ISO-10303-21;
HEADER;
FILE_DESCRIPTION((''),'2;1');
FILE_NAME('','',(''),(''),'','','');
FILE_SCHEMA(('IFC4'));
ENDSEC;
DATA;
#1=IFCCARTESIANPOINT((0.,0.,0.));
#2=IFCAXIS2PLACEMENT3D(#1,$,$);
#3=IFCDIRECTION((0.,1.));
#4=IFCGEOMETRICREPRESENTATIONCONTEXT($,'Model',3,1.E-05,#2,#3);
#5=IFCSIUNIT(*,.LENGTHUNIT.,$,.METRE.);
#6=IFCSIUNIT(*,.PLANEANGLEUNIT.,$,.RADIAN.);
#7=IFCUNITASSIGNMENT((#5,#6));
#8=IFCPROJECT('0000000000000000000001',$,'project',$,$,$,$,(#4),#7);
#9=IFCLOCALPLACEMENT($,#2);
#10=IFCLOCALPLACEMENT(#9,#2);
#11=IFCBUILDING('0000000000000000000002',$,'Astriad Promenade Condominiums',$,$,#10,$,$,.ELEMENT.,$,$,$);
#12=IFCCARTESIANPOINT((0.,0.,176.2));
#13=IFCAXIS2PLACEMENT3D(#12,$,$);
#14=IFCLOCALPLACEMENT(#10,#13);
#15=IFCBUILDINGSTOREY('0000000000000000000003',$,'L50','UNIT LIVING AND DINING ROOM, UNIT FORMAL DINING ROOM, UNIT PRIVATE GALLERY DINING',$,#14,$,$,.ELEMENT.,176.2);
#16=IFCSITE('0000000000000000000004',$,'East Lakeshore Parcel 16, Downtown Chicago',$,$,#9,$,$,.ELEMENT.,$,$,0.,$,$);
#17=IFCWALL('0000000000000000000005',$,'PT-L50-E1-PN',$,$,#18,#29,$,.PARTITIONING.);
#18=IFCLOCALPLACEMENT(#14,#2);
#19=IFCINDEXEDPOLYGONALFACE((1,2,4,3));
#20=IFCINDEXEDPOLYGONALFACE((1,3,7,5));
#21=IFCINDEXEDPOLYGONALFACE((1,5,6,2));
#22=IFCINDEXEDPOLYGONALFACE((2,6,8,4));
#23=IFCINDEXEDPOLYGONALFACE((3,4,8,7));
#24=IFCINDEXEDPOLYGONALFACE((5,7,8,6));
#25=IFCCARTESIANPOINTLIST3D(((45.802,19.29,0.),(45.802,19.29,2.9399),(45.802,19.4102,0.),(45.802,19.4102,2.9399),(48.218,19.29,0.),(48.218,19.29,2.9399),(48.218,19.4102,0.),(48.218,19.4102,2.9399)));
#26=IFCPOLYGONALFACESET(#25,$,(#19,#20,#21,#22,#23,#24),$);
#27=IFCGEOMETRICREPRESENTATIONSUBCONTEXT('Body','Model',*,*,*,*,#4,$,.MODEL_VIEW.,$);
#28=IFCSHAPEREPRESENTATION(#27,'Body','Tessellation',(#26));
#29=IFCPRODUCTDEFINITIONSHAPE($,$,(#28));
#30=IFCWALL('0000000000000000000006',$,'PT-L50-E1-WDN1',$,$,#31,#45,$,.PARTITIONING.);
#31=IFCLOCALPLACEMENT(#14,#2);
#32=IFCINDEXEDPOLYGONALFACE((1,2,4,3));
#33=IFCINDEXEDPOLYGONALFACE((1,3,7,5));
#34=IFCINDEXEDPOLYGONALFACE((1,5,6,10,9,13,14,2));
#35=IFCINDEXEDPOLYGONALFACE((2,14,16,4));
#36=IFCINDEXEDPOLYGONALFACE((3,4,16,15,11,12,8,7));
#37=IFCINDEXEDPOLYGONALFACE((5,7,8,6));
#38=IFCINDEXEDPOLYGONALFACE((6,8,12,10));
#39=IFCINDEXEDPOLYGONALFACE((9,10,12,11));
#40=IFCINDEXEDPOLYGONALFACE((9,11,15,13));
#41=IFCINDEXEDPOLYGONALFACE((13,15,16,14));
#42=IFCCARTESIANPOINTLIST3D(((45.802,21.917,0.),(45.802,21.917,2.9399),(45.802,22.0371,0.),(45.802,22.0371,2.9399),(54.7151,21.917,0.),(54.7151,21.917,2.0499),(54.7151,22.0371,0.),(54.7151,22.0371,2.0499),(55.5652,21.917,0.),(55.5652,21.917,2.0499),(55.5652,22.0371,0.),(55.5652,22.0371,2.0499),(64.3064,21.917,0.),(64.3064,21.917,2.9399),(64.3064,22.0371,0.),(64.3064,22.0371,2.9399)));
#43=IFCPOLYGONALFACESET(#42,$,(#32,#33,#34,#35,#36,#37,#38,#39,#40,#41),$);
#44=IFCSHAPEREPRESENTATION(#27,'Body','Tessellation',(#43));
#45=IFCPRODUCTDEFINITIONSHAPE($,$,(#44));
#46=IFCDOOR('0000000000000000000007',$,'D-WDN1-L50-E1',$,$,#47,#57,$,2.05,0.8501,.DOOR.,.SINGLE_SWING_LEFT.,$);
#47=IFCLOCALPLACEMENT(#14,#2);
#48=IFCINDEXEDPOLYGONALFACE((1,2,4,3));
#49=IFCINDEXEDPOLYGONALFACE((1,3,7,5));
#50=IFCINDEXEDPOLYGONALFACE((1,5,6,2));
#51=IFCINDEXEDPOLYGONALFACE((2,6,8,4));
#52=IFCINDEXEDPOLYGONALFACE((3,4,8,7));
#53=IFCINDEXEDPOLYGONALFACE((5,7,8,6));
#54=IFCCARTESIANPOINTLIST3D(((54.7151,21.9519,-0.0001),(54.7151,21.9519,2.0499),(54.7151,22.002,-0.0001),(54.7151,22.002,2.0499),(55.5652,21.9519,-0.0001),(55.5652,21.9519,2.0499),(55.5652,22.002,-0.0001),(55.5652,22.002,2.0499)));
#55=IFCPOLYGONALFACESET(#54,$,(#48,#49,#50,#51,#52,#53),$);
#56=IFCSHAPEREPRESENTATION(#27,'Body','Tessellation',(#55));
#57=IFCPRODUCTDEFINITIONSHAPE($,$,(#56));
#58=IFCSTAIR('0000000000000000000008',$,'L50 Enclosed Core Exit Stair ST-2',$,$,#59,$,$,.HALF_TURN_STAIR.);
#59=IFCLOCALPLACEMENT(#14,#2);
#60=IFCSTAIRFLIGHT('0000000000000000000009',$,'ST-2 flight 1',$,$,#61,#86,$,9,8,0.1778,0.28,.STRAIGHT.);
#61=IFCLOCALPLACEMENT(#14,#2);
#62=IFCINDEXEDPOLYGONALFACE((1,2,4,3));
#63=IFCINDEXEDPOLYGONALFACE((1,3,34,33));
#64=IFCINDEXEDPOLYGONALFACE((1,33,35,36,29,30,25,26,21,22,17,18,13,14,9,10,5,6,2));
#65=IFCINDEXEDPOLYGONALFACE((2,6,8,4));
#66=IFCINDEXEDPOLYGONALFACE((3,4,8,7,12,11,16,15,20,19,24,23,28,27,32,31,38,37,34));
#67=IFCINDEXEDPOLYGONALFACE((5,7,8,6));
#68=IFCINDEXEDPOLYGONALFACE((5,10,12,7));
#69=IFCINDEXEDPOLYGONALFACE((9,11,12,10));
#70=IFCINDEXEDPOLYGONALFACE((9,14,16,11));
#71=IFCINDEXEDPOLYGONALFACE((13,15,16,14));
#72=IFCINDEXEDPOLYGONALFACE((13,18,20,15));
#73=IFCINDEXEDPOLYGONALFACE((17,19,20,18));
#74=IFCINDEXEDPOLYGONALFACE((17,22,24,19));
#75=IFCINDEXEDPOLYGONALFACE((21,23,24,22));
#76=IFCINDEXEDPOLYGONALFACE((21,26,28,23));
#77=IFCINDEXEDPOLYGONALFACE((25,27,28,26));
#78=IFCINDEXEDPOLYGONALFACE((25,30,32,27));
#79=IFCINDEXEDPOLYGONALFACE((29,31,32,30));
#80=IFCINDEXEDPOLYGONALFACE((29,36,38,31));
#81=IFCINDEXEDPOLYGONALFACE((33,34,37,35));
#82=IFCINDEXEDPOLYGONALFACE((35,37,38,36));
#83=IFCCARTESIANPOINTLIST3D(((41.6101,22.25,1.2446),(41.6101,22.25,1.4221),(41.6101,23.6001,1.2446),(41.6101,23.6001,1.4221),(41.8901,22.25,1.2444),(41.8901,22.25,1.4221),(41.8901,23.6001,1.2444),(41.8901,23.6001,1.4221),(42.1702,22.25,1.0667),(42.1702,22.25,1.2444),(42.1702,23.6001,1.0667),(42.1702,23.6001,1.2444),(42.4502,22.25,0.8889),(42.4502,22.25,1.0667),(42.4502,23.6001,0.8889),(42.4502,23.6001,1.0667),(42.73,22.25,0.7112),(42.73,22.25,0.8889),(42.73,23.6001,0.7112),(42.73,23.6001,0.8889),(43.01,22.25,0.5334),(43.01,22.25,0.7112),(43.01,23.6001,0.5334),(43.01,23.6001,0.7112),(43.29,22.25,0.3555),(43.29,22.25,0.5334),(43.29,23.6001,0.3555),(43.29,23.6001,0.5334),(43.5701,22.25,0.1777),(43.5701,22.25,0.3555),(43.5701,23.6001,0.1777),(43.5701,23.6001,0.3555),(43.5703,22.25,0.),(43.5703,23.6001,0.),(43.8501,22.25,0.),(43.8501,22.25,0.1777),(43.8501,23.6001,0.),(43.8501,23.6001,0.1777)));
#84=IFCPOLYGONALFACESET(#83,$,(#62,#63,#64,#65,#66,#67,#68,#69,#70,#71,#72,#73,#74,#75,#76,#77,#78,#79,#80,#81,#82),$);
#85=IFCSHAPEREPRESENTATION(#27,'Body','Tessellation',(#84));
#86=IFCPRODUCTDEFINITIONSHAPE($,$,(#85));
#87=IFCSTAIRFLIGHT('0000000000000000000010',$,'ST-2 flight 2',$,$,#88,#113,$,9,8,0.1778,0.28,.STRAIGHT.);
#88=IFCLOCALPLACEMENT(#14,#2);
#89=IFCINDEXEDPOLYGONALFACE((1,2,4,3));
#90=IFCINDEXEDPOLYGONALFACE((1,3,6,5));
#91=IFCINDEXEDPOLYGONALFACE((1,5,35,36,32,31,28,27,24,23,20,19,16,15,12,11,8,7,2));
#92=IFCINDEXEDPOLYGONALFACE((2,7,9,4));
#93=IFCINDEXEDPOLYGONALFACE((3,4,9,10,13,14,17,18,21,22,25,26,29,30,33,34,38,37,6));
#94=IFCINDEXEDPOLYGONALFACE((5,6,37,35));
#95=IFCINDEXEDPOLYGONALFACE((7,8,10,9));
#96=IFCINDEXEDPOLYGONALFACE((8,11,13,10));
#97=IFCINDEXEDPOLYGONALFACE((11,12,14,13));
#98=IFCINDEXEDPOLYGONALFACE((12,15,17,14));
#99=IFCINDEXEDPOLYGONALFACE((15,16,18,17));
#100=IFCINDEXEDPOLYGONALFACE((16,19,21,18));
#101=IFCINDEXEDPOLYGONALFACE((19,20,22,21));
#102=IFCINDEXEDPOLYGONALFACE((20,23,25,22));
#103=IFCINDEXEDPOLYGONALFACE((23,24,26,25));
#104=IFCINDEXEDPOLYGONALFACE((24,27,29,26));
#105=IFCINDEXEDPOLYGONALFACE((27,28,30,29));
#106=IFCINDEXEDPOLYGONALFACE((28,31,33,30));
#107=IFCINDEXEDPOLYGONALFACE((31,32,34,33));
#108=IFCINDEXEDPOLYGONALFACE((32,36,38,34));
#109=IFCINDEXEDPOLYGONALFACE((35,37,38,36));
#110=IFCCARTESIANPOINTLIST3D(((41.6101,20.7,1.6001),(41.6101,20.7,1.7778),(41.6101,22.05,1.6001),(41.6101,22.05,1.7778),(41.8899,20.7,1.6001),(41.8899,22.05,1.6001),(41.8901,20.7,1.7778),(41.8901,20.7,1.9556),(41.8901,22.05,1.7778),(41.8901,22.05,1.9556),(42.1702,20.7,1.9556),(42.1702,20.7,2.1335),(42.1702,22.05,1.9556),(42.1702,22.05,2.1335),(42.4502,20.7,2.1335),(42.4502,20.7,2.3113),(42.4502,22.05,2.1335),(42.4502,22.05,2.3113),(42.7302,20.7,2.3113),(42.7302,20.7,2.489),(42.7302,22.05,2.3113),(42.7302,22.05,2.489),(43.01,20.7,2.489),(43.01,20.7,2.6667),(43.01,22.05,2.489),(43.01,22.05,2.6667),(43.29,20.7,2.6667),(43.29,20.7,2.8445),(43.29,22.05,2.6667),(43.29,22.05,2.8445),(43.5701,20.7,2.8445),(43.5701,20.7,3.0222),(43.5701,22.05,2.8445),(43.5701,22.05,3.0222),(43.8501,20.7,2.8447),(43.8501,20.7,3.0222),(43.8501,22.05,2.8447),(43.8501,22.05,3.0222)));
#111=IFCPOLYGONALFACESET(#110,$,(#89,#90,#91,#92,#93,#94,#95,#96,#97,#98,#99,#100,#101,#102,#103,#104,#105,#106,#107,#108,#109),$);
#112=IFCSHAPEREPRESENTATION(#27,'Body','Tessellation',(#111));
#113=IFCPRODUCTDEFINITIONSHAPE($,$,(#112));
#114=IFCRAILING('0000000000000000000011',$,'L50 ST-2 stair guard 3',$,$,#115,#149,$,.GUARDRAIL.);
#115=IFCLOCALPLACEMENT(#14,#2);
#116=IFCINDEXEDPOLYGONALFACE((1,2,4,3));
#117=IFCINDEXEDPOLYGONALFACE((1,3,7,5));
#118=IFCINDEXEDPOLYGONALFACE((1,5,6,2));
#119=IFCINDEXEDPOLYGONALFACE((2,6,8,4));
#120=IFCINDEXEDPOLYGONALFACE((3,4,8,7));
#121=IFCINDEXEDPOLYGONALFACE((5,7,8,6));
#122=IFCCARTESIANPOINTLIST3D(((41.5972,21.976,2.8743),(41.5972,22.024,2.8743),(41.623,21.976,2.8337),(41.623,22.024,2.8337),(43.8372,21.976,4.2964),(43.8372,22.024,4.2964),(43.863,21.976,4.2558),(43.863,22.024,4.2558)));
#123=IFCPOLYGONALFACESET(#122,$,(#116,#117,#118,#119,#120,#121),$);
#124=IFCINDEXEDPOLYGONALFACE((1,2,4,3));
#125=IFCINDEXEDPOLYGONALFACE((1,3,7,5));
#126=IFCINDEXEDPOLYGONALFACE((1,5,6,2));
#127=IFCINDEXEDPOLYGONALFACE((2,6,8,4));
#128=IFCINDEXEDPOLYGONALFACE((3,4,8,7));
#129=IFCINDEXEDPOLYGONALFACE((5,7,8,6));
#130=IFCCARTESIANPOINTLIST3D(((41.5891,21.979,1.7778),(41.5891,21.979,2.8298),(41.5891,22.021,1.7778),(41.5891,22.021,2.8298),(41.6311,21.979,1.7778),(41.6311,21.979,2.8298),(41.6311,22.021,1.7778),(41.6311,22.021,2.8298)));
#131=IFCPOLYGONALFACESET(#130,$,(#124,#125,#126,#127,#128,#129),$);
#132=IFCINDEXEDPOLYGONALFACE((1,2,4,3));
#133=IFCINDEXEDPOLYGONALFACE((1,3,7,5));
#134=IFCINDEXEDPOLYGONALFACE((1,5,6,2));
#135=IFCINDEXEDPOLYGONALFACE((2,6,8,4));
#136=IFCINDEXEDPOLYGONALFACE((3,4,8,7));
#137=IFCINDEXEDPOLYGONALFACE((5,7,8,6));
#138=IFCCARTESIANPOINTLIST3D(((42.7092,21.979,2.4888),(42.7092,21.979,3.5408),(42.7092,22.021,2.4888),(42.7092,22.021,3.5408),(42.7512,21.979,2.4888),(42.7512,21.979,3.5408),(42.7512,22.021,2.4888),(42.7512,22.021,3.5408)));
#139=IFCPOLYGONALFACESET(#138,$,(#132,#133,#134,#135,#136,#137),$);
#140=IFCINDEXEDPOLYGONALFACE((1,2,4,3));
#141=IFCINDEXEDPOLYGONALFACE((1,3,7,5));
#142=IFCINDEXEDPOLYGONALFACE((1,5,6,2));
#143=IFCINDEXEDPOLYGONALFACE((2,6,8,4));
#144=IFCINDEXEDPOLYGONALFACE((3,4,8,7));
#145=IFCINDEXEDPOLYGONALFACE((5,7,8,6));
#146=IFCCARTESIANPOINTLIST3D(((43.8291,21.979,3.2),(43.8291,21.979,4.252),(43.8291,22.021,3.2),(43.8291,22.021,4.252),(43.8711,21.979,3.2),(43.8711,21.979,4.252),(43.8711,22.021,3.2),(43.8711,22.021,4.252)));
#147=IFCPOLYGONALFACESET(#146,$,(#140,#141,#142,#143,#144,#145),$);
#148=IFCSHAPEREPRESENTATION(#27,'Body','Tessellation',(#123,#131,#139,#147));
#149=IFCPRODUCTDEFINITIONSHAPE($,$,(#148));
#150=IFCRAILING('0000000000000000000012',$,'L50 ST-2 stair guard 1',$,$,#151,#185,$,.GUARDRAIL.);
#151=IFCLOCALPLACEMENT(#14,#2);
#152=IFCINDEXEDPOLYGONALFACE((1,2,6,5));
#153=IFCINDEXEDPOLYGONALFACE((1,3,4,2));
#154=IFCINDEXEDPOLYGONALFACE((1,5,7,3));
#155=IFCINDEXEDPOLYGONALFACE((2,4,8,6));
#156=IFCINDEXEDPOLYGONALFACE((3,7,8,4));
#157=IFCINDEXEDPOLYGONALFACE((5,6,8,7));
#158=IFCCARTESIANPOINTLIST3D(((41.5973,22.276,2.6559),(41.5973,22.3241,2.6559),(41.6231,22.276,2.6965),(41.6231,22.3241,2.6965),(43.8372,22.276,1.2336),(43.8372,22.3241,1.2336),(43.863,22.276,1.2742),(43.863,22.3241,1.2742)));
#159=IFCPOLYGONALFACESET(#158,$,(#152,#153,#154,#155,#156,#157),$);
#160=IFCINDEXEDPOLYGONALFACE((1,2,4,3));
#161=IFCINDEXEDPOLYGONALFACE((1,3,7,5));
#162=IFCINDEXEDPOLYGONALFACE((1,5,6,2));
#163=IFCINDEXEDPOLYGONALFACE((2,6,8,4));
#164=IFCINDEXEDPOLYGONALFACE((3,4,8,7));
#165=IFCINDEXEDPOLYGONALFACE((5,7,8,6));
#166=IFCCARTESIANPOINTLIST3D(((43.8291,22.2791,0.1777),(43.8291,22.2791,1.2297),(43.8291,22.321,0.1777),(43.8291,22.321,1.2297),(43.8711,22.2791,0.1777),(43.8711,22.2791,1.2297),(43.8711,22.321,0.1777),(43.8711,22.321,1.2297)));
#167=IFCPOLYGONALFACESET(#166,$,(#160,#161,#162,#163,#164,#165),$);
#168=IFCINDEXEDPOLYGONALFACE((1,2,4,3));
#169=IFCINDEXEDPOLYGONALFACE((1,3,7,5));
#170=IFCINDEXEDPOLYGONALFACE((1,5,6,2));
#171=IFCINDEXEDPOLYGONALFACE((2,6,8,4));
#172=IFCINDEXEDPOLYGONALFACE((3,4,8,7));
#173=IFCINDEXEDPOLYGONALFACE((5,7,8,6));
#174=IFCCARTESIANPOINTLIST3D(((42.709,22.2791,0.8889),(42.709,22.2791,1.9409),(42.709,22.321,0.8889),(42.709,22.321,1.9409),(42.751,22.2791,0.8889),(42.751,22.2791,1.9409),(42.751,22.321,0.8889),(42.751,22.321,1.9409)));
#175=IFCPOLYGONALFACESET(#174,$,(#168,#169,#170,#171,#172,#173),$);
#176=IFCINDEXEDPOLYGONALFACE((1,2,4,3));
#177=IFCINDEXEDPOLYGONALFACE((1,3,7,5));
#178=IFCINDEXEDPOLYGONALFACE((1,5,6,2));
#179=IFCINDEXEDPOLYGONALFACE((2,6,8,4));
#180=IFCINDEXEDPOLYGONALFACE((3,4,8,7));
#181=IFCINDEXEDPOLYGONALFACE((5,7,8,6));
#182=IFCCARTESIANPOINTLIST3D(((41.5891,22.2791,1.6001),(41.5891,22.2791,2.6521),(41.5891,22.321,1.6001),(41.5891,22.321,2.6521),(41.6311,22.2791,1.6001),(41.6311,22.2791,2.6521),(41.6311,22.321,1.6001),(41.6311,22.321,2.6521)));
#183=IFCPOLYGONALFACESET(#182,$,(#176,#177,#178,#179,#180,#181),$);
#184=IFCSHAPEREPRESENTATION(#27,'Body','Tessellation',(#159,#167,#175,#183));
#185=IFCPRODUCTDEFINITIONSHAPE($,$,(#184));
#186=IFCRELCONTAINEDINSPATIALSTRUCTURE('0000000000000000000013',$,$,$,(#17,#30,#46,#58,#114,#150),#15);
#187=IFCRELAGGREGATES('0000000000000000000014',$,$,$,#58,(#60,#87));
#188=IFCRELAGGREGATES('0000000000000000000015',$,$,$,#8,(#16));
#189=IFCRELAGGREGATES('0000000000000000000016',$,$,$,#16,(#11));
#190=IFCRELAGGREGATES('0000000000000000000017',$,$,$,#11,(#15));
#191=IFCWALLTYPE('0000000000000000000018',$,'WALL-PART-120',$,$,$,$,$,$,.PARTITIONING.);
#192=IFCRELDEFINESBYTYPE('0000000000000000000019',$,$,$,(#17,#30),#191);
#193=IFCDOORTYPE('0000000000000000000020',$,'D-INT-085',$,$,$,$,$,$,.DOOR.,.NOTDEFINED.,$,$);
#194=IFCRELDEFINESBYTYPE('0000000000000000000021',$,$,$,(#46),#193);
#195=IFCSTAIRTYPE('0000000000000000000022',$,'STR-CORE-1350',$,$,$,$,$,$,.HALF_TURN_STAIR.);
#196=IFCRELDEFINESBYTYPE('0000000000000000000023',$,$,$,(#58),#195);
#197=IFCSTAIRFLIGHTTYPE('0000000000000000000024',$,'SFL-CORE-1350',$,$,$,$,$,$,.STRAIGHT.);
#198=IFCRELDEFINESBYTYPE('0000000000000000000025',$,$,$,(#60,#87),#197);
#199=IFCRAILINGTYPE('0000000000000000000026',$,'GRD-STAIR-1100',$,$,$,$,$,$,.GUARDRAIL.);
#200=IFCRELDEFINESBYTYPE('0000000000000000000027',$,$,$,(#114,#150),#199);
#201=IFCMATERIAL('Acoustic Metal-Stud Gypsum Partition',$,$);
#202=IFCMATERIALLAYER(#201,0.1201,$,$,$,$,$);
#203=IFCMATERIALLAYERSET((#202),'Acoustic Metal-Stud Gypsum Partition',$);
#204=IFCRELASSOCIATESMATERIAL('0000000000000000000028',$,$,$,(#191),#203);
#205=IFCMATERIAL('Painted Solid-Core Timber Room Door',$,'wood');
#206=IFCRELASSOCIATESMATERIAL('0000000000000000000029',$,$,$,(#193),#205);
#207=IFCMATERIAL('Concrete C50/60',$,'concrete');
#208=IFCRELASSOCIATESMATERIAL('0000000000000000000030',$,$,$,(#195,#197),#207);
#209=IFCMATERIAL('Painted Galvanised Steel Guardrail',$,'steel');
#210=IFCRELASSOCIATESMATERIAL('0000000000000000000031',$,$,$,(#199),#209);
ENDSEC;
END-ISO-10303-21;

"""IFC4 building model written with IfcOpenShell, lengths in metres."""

from ifc_helpers import new_model, si_unit, direction, frame, frame_2d, origin, origin_2d, place, context, subcontext, project, spatial, polyline, rectangle, outline, extrude, source, transform, mapped, material, layer, layer_set, type_object, type_shapes, element, fill, aggregate, save


model = new_model("IFC4")

# Units and contexts
model_context = context("Model", 3, precision=1e-05, world=origin(), true_north=direction((0.0, 1.0)))
body_context = subcontext(model_context, "Body", "Model", "MODEL_VIEW")
ifc_project = project(units=[si_unit("LENGTHUNIT", "METRE"), si_unit("PLANEANGLEUNIT", "RADIAN")], contexts=[model_context])

# Site, building, storey
site_placement = place(None, origin())
site = spatial("IfcSite", under=ifc_project, at=site_placement, Name="East Lakeshore Parcel 16, Downtown Chicago", CompositionType="ELEMENT", RefElevation=0.0)
building_placement = place(site_placement, origin())
building = spatial("IfcBuilding", under=site, at=building_placement, Name="Astriad Promenade Condominiums", CompositionType="ELEMENT")
storey_placement = place(building_placement, frame((0.0, 0.0, 176.2)))
storey = spatial("IfcBuildingStorey", under=building, at=storey_placement, Name="L50", Description="UNIT LIVING AND DINING ROOM, UNIT FORMAL DINING ROOM, UNIT PRIVATE GALLERY DINING", CompositionType="ELEMENT", Elevation=176.2)

# Shared definitions
ifc_material_1 = material(Name="Concrete C50/60", Category="concrete")

# Wall
ifc_material_2 = material(Name="Acoustic Metal-Stud Gypsum Partition")
ifc_layer_1 = layer(ifc_material_2, 0.1201)
ifc_layer_set_1 = layer_set([ifc_layer_1], Name="Acoustic Metal-Stud Gypsum Partition")
wall_type_1 = type_object("IfcWallType", Name="WALL-PART-120", PredefinedType="PARTITIONING", material=ifc_layer_set_1)
wall_1_placement = place(storey_placement, frame((45.802, 19.3501, 0.0), z_axis=(0.0, 0.0, 1.0), x_axis=(1.0, 0.0, 0.0)))
element("IfcWall", 1, at=wall_1_placement, inside=storey, type_object=wall_type_1, Name="PT-L50-E1-PN", PredefinedType="PARTITIONING", context=body_context, shape_type="SweptSolid", body=[
    extrude(rectangle(XDim=2.416, YDim=0.1201, at=frame_2d((1.208, 0.0))), origin(), (0.0, 0.0, 1.0), 2.9399),
])

# Wall, opening, door
wall_2_placement = place(storey_placement, frame((45.802, 21.9771, 0.0), z_axis=(0.0, 0.0, 1.0), x_axis=(1.0, 0.0, 0.0)))
wall_2 = element("IfcWall", 2, at=wall_2_placement, inside=storey, type_object=wall_type_1, Name="PT-L50-E1-WDN1", PredefinedType="PARTITIONING", context=body_context, shape_type="SweptSolid", body=[
    extrude(rectangle(XDim=18.5044, YDim=0.1201, at=frame_2d((9.2522, 0.0))), origin(), (0.0, 0.0, 1.0), 2.9399),
])
opening_1_placement = place(wall_2_placement, frame((8.9131, 0.0, 0.0)))
opening_1 = element("IfcOpeningElement", 3, at=opening_1_placement, cuts=wall_2, PredefinedType="OPENING", context=body_context, shape_type="SweptSolid", body=[
    extrude(rectangle(XDim=0.8501, YDim=2.05, at=frame_2d((0.425, 1.0249))), frame((0.0, 0.0701, 0.0), z_axis=(0.0, -1.0, 0.0), x_axis=(1.0, 0.0, 0.0)), (0.0, 0.0, 1.0), 0.1401),
])
ifc_material_3 = material(Name="Painted Solid-Core Timber Room Door", Category="wood")
door_type_1 = type_object("IfcDoorType", Name="D-INT-085", OperationType="NOTDEFINED", PredefinedType="DOOR", material=ifc_material_3)
shared_shape_1 = source(origin(), body_context, "Body", "SweptSolid", [
    extrude(rectangle(XDim=0.8501, YDim=2.05, at=frame_2d((0.425, 1.0249))), frame((0.0, 0.0249, 0.0), z_axis=(0.0, -1.0, 0.0), x_axis=(1.0, 0.0, 0.0)), (0.0, 0.0, 1.0), 0.05),
])
type_shapes(door_type_1, [shared_shape_1])
door_1_placement = place(opening_1_placement, origin())
door_1 = element("IfcDoor", 4, at=door_1_placement, inside=storey, type_object=door_type_1, Name="D-WDN1-L50-E1", OperationType="SINGLE_SWING_LEFT", OverallHeight=2.05, OverallWidth=0.8501, PredefinedType="DOOR", context=body_context, shape_type="MappedRepresentation", body=[
    mapped(shared_shape_1, transform((0.0, 0.0, 0.0), scale=1.0)),
])
fill(opening_1, door_1)

# Stair, stair flights
stair_type = type_object("IfcStairType", Name="STR-CORE-1350", PredefinedType="HALF_TURN_STAIR", material=ifc_material_1)
stair_placement = place(storey_placement, origin())
stair = element("IfcStair", 5, at=stair_placement, inside=storey, type_object=stair_type, Name="L50 Enclosed Core Exit Stair ST-2", PredefinedType="HALF_TURN_STAIR")
stair_flight_type = type_object("IfcStairFlightType", Name="SFL-CORE-1350", PredefinedType="STRAIGHT", material=ifc_material_1)
shared_shape_2 = source(origin(), body_context, "Body", "SweptSolid", [
    extrude(outline(polyline([(0.0, 0.0), (0.0, 0.1777), (0.28, 0.1777), (0.28, 0.3555), (0.5601, 0.3555), (0.5601, 0.5334), (0.8401, 0.5334), (0.8401, 0.7112), (1.1201, 0.7112), (1.1201, 0.8889), (1.3999, 0.8889), (1.3999, 1.0667), (1.6799, 1.0667), (1.6799, 1.2444), (1.96, 1.2444), (1.96, 1.4221), (2.24, 1.4221), (2.24, 1.6001), (2.24, 1.2446), (0.2798, 0.0), (0.0, 0.0)])), frame((0.0, 0.675, 0.0), z_axis=(0.0, -1.0, 0.0), x_axis=(1.0, 0.0, 0.0)), (0.0, 0.0, 1.0), 1.3501),
])
type_shapes(stair_flight_type, [shared_shape_2])
stair_flight_1_placement = place(storey_placement, frame((43.8501, 22.925, 0.0), z_axis=(0.0, 0.0, 1.0), x_axis=(-1.0, 0.0, 0.0)))
stair_flight_1 = element("IfcStairFlight", 6, at=stair_flight_1_placement, type_object=stair_flight_type, Name="ST-2 flight 1", NumberOfRisers=9, NumberOfTreads=8, PredefinedType="STRAIGHT", RiserHeight=0.1778, TreadLength=0.28, context=body_context, shape_type="MappedRepresentation", body=[
    mapped(shared_shape_2, transform((0.0, 0.0, 0.0), scale=1.0)),
])
stair_flight_2_placement = place(storey_placement, frame((41.6101, 21.375, 1.6001), z_axis=(0.0, 0.0, 1.0), x_axis=(1.0, 0.0, 0.0)))
stair_flight_2 = element("IfcStairFlight", 7, at=stair_flight_2_placement, type_object=stair_flight_type, Name="ST-2 flight 2", NumberOfRisers=9, NumberOfTreads=8, PredefinedType="STRAIGHT", RiserHeight=0.1778, TreadLength=0.28, context=body_context, shape_type="MappedRepresentation", body=[
    mapped(shared_shape_2, transform((0.0, 0.0, 0.0), scale=1.0)),
])
aggregate(stair, [stair_flight_1, stair_flight_2])

# Railings
ifc_material_4 = material(Name="Painted Galvanised Steel Guardrail", Category="steel")
railing_type_1 = type_object("IfcRailingType", Name="GRD-STAIR-1100", PredefinedType="GUARDRAIL", material=ifc_material_4)
shared_shape_3 = source(origin(), body_context, "Body", "SweptSolid", [
    extrude(rectangle(XDim=0.0481, YDim=0.0481, at=origin_2d()), frame((0.0, 0.0, 1.0762), z_axis=(0.844229, 0.0, 0.535982), x_axis=(0.0, 1.0, 0.0)), (0.0, 0.0, 1.0), 2.6533),
    extrude(rectangle(XDim=0.042, YDim=0.042, at=origin_2d()), origin(), (0.0, 0.0, 1.0), 1.052),
    extrude(rectangle(XDim=0.042, YDim=0.042, at=origin_2d()), frame((1.1201, 0.0, 0.7109)), (0.0, 0.0, 1.0), 1.052),
    extrude(rectangle(XDim=0.042, YDim=0.042, at=origin_2d()), frame((2.24, 0.0, 1.4221)), (0.0, 0.0, 1.0), 1.052),
])
railing_1_placement = place(storey_placement, frame((41.6101, 22.0, 1.7778)))
element("IfcRailing", 8, at=railing_1_placement, inside=storey, type_object=railing_type_1, Name="L50 ST-2 stair guard 3", PredefinedType="GUARDRAIL", context=body_context, shape_type="MappedRepresentation", body=[
    mapped(shared_shape_3, transform((0.0, 0.0, 0.0), scale=1.0)),
])
shared_shape_4 = source(origin(), body_context, "Body", "SweptSolid", [
    extrude(rectangle(XDim=0.0481, YDim=0.0481, at=origin_2d()), frame((0.0, 0.0, 1.0762), z_axis=(-0.844188, 0.0, 0.536048), x_axis=(0.0, -1.0, 0.0)), (0.0, 0.0, 1.0), 2.6533),
    extrude(rectangle(XDim=0.042, YDim=0.042, at=origin_2d()), origin(), (0.0, 0.0, 1.0), 1.052),
    extrude(rectangle(XDim=0.042, YDim=0.042, at=origin_2d()), frame((-1.1201, 0.0, 0.7112)), (0.0, 0.0, 1.0), 1.052),
    extrude(rectangle(XDim=0.042, YDim=0.042, at=origin_2d()), frame((-2.24, 0.0, 1.4224)), (0.0, 0.0, 1.0), 1.052),
])
railing_2_placement = place(storey_placement, frame((43.8501, 22.3, 0.1777)))
element("IfcRailing", 9, at=railing_2_placement, inside=storey, type_object=railing_type_1, Name="L50 ST-2 stair guard 1", PredefinedType="GUARDRAIL", context=body_context, shape_type="MappedRepresentation", body=[
    mapped(shared_shape_4, transform((0.0, 0.0, 0.0), scale=1.0)),
])

save(model, "model.ifc")
